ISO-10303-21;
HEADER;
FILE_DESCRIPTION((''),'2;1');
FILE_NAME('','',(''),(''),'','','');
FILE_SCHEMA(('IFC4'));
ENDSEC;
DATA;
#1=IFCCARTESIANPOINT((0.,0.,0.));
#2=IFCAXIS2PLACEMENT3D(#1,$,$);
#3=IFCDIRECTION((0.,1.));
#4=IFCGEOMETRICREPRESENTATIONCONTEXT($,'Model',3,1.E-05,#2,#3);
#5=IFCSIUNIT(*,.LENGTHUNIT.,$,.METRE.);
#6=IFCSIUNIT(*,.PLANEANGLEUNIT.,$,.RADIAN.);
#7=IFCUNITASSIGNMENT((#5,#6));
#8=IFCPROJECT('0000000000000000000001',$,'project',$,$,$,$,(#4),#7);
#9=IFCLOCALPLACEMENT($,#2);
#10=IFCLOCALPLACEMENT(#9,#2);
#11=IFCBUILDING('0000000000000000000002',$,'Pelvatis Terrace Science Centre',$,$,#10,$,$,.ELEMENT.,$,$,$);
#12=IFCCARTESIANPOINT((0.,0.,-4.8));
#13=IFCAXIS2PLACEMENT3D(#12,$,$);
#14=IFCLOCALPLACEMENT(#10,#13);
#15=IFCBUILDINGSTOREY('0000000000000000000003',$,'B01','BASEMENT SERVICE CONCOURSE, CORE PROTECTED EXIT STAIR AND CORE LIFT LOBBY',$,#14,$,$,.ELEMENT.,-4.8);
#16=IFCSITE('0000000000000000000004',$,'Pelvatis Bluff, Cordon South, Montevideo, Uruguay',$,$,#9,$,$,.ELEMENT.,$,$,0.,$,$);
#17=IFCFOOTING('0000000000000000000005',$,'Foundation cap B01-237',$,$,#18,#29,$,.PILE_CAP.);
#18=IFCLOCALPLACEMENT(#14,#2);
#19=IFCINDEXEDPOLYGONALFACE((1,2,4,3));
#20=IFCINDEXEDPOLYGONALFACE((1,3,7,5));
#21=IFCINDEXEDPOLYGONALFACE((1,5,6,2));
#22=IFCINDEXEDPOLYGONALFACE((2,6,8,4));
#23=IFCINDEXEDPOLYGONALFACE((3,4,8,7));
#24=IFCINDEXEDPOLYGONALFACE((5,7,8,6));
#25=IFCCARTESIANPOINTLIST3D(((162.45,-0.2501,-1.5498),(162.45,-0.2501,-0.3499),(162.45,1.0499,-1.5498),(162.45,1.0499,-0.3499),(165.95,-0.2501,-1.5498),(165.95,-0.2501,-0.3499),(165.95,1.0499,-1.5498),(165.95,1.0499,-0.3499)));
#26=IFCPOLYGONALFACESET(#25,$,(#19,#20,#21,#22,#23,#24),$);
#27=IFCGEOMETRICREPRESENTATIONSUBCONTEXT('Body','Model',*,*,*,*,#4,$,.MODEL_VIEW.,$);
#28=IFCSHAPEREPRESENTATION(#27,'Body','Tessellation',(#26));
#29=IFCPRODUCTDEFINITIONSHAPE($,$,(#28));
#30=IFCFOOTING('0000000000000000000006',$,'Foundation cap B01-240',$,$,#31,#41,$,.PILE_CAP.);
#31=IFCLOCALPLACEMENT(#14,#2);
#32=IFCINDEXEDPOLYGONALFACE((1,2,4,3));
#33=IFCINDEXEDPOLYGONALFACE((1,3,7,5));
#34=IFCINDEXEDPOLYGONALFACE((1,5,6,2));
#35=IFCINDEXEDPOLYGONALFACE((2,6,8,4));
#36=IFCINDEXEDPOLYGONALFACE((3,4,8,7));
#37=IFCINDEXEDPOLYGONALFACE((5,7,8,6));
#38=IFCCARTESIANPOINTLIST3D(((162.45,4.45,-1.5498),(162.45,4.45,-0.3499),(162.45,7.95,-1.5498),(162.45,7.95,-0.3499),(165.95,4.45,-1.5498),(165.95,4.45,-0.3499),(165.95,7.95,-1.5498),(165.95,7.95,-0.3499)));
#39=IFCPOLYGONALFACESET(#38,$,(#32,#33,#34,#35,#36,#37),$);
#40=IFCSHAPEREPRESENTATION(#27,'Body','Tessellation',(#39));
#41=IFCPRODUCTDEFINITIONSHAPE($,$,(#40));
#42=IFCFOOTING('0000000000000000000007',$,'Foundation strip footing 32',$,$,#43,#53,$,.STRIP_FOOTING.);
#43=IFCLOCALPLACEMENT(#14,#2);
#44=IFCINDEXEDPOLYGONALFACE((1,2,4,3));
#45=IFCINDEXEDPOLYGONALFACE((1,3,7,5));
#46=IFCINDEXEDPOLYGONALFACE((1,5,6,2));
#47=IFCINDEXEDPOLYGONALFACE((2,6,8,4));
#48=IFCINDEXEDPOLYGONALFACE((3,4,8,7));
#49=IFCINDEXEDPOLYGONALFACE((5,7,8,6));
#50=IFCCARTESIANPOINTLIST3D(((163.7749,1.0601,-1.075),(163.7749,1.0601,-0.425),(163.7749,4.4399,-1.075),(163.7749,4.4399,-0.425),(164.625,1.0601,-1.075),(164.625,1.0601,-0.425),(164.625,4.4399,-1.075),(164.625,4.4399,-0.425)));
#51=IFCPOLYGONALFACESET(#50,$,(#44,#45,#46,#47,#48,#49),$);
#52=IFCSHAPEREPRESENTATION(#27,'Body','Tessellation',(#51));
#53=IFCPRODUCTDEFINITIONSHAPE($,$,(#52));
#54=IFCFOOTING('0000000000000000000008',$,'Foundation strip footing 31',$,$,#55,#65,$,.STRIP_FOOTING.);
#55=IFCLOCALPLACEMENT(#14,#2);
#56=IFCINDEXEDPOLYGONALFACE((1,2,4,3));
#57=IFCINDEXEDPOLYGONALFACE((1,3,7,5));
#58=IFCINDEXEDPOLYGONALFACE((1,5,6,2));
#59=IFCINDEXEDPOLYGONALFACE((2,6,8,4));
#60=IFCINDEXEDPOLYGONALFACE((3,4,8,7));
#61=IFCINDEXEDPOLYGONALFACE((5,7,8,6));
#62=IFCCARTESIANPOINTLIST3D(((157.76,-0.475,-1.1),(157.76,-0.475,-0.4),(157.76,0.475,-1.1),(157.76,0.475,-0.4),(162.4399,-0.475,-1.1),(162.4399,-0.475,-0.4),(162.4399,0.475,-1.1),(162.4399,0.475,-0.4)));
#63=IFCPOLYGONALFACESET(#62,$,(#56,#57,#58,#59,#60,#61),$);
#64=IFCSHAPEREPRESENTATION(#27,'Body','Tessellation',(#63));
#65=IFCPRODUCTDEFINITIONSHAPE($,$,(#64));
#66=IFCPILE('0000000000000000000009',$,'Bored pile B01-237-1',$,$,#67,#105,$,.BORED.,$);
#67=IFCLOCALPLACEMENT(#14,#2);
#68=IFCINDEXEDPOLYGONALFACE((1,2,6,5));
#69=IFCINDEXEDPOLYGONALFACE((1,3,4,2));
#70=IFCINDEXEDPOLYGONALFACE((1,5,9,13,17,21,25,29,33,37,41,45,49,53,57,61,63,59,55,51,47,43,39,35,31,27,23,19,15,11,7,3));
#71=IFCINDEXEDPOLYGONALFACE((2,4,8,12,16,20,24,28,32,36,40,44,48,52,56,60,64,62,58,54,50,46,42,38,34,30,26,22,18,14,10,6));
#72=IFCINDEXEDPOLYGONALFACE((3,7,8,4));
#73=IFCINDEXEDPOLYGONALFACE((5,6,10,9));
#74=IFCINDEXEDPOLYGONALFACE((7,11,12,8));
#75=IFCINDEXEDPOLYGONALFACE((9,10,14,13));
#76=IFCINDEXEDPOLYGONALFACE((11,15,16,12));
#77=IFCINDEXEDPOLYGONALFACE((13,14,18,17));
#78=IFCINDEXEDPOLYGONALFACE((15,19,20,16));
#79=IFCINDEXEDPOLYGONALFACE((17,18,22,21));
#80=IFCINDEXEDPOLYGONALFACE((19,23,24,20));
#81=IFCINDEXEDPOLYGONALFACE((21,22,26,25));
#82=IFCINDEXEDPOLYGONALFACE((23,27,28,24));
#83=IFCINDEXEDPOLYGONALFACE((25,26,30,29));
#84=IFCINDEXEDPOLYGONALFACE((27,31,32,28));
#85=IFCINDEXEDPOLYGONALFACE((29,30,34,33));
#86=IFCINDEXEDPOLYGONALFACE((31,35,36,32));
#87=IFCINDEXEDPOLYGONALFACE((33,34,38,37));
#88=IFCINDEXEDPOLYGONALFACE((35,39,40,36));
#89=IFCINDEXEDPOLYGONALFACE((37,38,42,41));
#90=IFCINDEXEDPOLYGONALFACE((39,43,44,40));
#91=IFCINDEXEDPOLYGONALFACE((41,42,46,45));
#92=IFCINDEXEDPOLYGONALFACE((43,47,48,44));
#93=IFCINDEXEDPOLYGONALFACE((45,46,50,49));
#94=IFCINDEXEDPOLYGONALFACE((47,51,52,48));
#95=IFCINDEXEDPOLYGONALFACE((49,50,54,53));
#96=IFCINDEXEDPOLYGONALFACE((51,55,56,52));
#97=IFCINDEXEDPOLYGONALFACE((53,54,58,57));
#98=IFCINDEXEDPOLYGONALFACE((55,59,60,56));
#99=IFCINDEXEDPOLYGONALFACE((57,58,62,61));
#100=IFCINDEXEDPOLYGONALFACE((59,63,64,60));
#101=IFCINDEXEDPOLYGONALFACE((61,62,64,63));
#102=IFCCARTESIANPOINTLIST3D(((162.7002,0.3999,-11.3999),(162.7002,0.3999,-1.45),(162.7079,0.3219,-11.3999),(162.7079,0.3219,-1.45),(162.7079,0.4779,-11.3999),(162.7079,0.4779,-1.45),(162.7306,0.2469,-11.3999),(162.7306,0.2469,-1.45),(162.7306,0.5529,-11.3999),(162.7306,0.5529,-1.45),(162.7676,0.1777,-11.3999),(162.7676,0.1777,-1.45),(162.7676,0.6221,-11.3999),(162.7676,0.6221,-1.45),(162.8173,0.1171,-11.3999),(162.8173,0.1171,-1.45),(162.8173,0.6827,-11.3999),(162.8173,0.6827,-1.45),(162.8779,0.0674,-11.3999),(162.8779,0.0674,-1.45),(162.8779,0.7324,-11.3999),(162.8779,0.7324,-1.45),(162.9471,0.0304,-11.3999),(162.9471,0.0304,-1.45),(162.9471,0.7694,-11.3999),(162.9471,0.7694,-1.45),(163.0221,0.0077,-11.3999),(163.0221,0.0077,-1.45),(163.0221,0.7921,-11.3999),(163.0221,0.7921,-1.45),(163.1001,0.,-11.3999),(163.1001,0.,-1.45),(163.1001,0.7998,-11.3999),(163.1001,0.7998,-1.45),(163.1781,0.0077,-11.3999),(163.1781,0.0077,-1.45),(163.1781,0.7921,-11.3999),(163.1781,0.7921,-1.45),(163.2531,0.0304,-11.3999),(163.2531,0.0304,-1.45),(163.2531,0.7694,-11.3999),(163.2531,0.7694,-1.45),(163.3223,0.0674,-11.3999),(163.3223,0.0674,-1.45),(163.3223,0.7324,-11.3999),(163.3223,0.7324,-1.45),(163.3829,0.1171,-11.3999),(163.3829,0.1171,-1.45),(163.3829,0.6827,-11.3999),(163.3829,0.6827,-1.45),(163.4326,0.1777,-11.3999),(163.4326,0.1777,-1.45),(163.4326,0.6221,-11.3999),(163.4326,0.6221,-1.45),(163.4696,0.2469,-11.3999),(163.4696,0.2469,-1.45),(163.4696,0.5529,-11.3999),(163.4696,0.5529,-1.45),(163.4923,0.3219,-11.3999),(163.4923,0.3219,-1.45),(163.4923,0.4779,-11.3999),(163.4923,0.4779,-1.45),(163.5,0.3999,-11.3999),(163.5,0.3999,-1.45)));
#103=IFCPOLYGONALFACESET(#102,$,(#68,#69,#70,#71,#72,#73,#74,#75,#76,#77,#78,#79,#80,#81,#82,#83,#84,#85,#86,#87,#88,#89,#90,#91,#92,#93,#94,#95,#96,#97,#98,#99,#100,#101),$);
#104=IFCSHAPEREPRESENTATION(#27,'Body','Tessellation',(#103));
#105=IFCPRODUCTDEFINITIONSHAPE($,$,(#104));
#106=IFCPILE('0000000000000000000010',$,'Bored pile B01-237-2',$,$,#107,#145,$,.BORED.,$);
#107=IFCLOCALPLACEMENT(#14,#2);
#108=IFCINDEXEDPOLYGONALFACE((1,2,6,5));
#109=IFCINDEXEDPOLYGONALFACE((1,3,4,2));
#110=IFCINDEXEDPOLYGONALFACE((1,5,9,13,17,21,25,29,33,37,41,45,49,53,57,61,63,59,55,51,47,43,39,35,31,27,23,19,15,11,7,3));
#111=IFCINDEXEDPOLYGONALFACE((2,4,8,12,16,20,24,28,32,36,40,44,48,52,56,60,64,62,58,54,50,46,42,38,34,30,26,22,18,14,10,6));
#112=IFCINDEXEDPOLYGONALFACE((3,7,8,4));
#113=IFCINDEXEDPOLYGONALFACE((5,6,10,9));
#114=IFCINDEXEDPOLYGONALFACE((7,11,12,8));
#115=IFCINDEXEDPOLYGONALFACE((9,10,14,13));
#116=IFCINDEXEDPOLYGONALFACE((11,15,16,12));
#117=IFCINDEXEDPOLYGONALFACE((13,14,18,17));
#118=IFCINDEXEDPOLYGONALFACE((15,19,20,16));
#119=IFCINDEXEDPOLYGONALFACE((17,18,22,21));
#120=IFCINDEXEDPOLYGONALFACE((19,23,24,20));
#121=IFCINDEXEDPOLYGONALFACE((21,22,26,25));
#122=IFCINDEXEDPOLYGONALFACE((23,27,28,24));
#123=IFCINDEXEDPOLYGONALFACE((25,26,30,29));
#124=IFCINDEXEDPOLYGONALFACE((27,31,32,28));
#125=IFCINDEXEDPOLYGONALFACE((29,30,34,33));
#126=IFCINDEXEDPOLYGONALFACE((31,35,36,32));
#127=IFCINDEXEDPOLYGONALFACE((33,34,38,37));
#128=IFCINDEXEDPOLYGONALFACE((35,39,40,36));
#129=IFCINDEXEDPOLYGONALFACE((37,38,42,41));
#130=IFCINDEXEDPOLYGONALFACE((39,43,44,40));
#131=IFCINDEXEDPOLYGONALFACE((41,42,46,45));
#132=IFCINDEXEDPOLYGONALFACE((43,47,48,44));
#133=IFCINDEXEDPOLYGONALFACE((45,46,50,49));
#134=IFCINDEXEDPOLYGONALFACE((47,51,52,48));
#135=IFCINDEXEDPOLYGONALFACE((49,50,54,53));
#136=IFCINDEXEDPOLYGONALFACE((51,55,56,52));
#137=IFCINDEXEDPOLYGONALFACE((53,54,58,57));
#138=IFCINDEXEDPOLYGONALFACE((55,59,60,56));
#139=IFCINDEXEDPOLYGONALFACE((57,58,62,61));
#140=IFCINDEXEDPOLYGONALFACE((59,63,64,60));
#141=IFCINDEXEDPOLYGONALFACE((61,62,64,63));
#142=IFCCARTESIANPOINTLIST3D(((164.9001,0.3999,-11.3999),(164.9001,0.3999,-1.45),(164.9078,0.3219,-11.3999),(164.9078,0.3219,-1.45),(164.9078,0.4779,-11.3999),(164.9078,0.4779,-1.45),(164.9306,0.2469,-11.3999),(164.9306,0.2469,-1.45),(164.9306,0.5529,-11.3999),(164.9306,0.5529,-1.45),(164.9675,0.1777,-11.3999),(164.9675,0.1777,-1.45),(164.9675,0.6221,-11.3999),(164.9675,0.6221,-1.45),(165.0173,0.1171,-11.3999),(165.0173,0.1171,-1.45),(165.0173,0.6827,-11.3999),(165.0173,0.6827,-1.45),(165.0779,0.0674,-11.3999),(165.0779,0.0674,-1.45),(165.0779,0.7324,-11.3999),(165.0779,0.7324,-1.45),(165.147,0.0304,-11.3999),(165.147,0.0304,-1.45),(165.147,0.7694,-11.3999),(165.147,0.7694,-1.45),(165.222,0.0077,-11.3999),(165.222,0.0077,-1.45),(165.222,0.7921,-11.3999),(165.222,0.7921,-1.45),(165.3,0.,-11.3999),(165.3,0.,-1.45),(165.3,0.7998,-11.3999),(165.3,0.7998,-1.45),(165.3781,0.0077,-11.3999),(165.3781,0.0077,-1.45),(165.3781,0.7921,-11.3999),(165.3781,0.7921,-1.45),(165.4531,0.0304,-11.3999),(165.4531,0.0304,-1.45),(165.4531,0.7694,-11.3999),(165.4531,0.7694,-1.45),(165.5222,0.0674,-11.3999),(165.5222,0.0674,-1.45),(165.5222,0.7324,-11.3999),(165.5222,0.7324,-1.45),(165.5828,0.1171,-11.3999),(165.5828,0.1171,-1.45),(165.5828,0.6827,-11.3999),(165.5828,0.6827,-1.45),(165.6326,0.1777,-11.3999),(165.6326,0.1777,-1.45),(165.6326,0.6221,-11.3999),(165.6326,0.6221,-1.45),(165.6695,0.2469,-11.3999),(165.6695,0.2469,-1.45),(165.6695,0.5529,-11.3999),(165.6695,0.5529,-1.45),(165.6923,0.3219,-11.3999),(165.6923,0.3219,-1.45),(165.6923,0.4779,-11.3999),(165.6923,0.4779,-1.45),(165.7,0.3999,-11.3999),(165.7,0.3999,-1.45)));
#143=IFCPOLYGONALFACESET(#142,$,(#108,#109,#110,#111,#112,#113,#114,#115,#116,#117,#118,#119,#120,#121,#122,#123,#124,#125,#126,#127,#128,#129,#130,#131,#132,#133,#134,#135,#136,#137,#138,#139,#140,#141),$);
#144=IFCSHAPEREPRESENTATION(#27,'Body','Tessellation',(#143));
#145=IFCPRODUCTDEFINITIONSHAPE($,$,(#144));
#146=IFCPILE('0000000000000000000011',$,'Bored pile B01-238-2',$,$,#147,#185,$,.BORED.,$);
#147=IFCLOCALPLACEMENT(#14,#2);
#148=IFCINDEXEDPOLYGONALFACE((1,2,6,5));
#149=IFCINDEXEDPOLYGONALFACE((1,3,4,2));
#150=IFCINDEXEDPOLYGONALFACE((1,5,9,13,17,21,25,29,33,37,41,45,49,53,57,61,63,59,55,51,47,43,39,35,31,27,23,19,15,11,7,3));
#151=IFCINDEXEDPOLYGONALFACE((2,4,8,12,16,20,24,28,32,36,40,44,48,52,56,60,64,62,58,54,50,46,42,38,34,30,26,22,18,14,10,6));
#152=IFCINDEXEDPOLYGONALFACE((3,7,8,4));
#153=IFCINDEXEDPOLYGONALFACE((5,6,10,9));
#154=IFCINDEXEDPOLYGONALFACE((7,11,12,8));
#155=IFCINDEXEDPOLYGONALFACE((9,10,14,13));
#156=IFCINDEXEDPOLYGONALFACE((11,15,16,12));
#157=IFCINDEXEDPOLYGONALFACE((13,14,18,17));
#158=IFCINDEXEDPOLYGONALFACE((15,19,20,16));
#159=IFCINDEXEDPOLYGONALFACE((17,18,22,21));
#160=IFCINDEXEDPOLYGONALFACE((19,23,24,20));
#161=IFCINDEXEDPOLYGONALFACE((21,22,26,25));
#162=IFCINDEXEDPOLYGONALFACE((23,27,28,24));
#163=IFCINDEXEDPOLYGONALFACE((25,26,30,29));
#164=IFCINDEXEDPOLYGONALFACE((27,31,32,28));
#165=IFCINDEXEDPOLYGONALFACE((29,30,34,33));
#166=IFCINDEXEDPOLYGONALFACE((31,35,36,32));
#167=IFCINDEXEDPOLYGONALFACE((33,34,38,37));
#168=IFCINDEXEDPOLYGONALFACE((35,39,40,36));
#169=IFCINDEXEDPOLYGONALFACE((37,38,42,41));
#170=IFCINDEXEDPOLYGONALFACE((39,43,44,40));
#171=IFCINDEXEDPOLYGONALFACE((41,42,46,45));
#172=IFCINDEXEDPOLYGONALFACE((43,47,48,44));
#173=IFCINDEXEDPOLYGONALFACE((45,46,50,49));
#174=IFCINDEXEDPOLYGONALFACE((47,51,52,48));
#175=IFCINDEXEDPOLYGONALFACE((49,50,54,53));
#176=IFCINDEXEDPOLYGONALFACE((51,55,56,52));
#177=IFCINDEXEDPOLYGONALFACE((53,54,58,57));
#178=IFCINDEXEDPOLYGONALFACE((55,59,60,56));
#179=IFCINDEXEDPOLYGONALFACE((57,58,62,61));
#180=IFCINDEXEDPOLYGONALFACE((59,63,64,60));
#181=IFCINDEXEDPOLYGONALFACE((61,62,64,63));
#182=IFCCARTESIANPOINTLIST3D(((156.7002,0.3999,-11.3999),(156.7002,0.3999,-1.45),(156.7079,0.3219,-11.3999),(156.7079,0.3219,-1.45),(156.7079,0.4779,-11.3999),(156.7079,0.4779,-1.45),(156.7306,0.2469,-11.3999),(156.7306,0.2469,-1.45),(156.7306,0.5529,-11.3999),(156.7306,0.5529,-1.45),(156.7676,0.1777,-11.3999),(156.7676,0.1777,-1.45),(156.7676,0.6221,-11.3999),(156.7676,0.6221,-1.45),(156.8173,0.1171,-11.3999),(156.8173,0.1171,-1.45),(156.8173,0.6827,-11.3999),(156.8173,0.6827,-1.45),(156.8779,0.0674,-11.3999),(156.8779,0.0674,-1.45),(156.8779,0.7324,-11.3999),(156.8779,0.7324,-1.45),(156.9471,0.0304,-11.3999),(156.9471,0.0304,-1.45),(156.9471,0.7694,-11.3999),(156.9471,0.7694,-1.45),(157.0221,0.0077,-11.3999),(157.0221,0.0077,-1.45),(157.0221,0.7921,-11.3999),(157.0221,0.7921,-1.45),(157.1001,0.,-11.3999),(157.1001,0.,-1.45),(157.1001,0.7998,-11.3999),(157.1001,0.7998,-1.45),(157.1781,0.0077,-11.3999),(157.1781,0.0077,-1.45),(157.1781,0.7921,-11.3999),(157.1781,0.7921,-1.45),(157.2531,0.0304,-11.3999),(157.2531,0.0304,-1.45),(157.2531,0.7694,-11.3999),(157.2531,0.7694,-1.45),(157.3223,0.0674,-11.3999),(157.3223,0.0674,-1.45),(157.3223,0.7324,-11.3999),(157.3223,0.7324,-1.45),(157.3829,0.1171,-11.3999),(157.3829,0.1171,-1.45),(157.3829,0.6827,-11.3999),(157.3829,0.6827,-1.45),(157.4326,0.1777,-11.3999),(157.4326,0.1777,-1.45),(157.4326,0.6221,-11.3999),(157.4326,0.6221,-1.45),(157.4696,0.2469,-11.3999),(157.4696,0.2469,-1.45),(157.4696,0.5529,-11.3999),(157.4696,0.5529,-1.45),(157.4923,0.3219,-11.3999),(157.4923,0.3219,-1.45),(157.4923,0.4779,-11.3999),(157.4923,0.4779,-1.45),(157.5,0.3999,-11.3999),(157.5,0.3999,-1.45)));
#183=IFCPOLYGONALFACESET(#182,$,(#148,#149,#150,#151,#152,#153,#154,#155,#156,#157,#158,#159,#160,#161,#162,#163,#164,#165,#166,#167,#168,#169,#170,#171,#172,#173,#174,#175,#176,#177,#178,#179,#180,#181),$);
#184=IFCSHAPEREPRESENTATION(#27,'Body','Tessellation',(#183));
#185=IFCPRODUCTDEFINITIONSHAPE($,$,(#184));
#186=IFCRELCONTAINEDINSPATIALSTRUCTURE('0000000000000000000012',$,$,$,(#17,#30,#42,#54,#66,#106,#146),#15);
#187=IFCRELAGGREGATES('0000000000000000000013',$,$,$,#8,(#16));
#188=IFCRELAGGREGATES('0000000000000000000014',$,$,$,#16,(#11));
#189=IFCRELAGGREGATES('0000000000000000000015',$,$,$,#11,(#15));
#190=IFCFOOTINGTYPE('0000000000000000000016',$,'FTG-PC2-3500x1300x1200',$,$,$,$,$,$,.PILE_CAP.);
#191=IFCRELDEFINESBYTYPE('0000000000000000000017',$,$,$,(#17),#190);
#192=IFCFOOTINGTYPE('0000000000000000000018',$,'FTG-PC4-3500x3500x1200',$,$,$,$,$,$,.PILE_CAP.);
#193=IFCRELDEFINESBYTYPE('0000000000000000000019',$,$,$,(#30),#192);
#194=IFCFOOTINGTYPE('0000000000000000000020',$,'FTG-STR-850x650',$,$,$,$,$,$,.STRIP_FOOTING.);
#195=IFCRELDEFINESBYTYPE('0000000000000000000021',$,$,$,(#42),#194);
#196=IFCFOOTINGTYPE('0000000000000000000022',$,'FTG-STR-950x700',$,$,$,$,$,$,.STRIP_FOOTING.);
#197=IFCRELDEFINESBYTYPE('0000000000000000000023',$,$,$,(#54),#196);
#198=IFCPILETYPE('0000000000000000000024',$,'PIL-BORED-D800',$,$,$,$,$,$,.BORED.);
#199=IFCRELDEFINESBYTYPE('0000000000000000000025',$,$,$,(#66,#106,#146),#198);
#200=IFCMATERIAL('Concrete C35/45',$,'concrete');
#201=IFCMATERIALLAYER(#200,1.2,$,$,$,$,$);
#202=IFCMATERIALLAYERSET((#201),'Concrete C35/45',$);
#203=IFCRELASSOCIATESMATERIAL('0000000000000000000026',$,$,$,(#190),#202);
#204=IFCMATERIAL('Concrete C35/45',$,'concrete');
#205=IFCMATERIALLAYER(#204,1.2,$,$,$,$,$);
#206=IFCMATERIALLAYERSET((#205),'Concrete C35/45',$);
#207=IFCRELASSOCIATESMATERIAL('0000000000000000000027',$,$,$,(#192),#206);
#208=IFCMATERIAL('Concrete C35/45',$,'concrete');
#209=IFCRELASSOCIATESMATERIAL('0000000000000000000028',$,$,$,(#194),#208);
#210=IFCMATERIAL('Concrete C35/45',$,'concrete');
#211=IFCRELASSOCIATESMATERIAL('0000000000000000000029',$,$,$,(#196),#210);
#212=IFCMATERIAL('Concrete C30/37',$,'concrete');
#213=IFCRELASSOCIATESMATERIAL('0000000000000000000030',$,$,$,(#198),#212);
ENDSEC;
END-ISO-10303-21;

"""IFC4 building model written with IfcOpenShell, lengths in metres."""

from ifc_helpers import new_model, si_unit, direction, frame, origin, origin_2d, place, context, subcontext, project, spatial, rectangle, circle, extrude, material, layer, layer_set, material_profile, profile_set, type_object, element, save


model = new_model("IFC4")

# Units and contexts
model_context = context("Model", 3, precision=1e-05, world=origin(), true_north=direction((0.0, 1.0)))
body_context = subcontext(model_context, "Body", "Model", "MODEL_VIEW")
ifc_project = project(units=[si_unit("LENGTHUNIT", "METRE"), si_unit("PLANEANGLEUNIT", "RADIAN")], contexts=[model_context])

# Site, building, storey
site_placement = place(None, origin())
site = spatial("IfcSite", under=ifc_project, at=site_placement, Name="Pelvatis Bluff, Cordon South, Montevideo, Uruguay", CompositionType="ELEMENT", RefElevation=0.0)
building_placement = place(site_placement, origin())
building = spatial("IfcBuilding", under=site, at=building_placement, Name="Pelvatis Terrace Science Centre", CompositionType="ELEMENT")
storey_placement = place(building_placement, frame((0.0, 0.0, -4.8)))
storey = spatial("IfcBuildingStorey", under=building, at=storey_placement, Name="B01", Description="BASEMENT SERVICE CONCOURSE, CORE PROTECTED EXIT STAIR AND CORE LIFT LOBBY", CompositionType="ELEMENT", Elevation=-4.8)

# Footings
ifc_material_1 = material(Name="Concrete C35/45", Category="concrete")
ifc_layer_1 = layer(ifc_material_1, 1.2)
ifc_layer_set_1 = layer_set([ifc_layer_1], Name="Concrete C35/45")
footing_type_1 = type_object("IfcFootingType", Name="FTG-PC2-3500x1300x1200", PredefinedType="PILE_CAP", material=ifc_layer_set_1)
footing_1_placement = place(storey_placement, frame((164.2, 0.3999, -1.5498), z_axis=(0.0, 0.0, 1.0), x_axis=(1.0, 0.0, 0.0)))
element("IfcFooting", 1, at=footing_1_placement, inside=storey, type_object=footing_type_1, Name="Foundation cap B01-237", PredefinedType="PILE_CAP", context=body_context, shape_type="SweptSolid", body=[
    extrude(rectangle(XDim=3.5, YDim=1.3, at=origin_2d()), origin(), (0.0, 0.0, 1.0), 1.2),
])
ifc_material_2 = material(Name="Concrete C35/45", Category="concrete")
ifc_layer_2 = layer(ifc_material_2, 1.2)
ifc_layer_set_2 = layer_set([ifc_layer_2], Name="Concrete C35/45")
footing_type_2 = type_object("IfcFootingType", Name="FTG-PC4-3500x3500x1200", PredefinedType="PILE_CAP", material=ifc_layer_set_2)
footing_2_placement = place(storey_placement, frame((164.2, 6.2, -1.5498), z_axis=(0.0, 0.0, 1.0), x_axis=(1.0, 0.0, 0.0)))
element("IfcFooting", 2, at=footing_2_placement, inside=storey, type_object=footing_type_2, Name="Foundation cap B01-240", PredefinedType="PILE_CAP", context=body_context, shape_type="SweptSolid", body=[
    extrude(rectangle(XDim=3.5, YDim=3.5, at=origin_2d()), origin(), (0.0, 0.0, 1.0), 1.2),
])
ifc_material_3 = material(Name="Concrete C35/45", Category="concrete")
ifc_material_profile_1 = material_profile(ifc_material_3, rectangle(XDim=0.8501, YDim=0.6499, at=origin_2d()), Name="RC-STR 850x650")
ifc_profile_set_1 = profile_set([ifc_material_profile_1], Name="Concrete C35/45")
footing_type_3 = type_object("IfcFootingType", Name="FTG-STR-850x650", PredefinedType="STRIP_FOOTING", material=ifc_profile_set_1)
footing_3_placement = place(storey_placement, frame((164.2, 1.0601, -0.75), z_axis=(0.0, 1.0, 0.0), x_axis=(-1.0, 0.0, 0.0)))
element("IfcFooting", 3, at=footing_3_placement, inside=storey, type_object=footing_type_3, Name="Foundation strip footing 32", PredefinedType="STRIP_FOOTING", context=body_context, shape_type="SweptSolid", body=[
    extrude(rectangle(XDim=0.8501, YDim=0.6499, at=origin_2d()), origin(), (0.0, 0.0, 1.0), 3.3799),
])
ifc_material_4 = material(Name="Concrete C35/45", Category="concrete")
ifc_material_profile_2 = material_profile(ifc_material_4, rectangle(XDim=0.95, YDim=0.7, at=origin_2d()), Name="RC-STR 950x700")
ifc_profile_set_2 = profile_set([ifc_material_profile_2], Name="Concrete C35/45")
footing_type_4 = type_object("IfcFootingType", Name="FTG-STR-950x700", PredefinedType="STRIP_FOOTING", material=ifc_profile_set_2)
footing_4_placement = place(storey_placement, frame((157.76, 0.0, -0.75), z_axis=(1.0, 0.0, 0.0), x_axis=(0.0, 1.0, 0.0)))
element("IfcFooting", 4, at=footing_4_placement, inside=storey, type_object=footing_type_4, Name="Foundation strip footing 31", PredefinedType="STRIP_FOOTING", context=body_context, shape_type="SweptSolid", body=[
    extrude(rectangle(XDim=0.95, YDim=0.7, at=origin_2d()), origin(), (0.0, 0.0, 1.0), 4.6799),
])

# Piles
ifc_material_5 = material(Name="Concrete C30/37", Category="concrete")
ifc_material_profile_3 = material_profile(ifc_material_5, circle(Radius=0.3999, at=origin_2d()), Name="PILE D800")
ifc_profile_set_3 = profile_set([ifc_material_profile_3], Name="Concrete C30/37")
pile_type = type_object("IfcPileType", Name="PIL-BORED-D800", PredefinedType="BORED", material=ifc_profile_set_3)
for number, where, z_axis, x_axis, name in (
    (5, (163.1001, 0.3999, -1.45), (0.0, 0.0, -1.0), (1.0, 0.0, 0.0), "Bored pile B01-237-1"),
    (6, (165.3, 0.3999, -1.45), (0.0, 0.0, -1.0), (1.0, 0.0, 0.0), "Bored pile B01-237-2"),
    (7, (157.1001, 0.3999, -1.45), (0.0, 0.0, -1.0), (1.0, 0.0, 0.0), "Bored pile B01-238-2"),
):
    element("IfcPile", number, at=place(storey_placement, frame(where, z_axis=z_axis, x_axis=x_axis)), inside=storey, type_object=pile_type, Name=name, PredefinedType="BORED", context=body_context, shape_type="SweptSolid", body=[
        extrude(circle(Radius=0.3999, at=origin_2d()), origin(), (0.0, 0.0, 1.0), 9.95),
    ])

save(model, "model.ifc")
